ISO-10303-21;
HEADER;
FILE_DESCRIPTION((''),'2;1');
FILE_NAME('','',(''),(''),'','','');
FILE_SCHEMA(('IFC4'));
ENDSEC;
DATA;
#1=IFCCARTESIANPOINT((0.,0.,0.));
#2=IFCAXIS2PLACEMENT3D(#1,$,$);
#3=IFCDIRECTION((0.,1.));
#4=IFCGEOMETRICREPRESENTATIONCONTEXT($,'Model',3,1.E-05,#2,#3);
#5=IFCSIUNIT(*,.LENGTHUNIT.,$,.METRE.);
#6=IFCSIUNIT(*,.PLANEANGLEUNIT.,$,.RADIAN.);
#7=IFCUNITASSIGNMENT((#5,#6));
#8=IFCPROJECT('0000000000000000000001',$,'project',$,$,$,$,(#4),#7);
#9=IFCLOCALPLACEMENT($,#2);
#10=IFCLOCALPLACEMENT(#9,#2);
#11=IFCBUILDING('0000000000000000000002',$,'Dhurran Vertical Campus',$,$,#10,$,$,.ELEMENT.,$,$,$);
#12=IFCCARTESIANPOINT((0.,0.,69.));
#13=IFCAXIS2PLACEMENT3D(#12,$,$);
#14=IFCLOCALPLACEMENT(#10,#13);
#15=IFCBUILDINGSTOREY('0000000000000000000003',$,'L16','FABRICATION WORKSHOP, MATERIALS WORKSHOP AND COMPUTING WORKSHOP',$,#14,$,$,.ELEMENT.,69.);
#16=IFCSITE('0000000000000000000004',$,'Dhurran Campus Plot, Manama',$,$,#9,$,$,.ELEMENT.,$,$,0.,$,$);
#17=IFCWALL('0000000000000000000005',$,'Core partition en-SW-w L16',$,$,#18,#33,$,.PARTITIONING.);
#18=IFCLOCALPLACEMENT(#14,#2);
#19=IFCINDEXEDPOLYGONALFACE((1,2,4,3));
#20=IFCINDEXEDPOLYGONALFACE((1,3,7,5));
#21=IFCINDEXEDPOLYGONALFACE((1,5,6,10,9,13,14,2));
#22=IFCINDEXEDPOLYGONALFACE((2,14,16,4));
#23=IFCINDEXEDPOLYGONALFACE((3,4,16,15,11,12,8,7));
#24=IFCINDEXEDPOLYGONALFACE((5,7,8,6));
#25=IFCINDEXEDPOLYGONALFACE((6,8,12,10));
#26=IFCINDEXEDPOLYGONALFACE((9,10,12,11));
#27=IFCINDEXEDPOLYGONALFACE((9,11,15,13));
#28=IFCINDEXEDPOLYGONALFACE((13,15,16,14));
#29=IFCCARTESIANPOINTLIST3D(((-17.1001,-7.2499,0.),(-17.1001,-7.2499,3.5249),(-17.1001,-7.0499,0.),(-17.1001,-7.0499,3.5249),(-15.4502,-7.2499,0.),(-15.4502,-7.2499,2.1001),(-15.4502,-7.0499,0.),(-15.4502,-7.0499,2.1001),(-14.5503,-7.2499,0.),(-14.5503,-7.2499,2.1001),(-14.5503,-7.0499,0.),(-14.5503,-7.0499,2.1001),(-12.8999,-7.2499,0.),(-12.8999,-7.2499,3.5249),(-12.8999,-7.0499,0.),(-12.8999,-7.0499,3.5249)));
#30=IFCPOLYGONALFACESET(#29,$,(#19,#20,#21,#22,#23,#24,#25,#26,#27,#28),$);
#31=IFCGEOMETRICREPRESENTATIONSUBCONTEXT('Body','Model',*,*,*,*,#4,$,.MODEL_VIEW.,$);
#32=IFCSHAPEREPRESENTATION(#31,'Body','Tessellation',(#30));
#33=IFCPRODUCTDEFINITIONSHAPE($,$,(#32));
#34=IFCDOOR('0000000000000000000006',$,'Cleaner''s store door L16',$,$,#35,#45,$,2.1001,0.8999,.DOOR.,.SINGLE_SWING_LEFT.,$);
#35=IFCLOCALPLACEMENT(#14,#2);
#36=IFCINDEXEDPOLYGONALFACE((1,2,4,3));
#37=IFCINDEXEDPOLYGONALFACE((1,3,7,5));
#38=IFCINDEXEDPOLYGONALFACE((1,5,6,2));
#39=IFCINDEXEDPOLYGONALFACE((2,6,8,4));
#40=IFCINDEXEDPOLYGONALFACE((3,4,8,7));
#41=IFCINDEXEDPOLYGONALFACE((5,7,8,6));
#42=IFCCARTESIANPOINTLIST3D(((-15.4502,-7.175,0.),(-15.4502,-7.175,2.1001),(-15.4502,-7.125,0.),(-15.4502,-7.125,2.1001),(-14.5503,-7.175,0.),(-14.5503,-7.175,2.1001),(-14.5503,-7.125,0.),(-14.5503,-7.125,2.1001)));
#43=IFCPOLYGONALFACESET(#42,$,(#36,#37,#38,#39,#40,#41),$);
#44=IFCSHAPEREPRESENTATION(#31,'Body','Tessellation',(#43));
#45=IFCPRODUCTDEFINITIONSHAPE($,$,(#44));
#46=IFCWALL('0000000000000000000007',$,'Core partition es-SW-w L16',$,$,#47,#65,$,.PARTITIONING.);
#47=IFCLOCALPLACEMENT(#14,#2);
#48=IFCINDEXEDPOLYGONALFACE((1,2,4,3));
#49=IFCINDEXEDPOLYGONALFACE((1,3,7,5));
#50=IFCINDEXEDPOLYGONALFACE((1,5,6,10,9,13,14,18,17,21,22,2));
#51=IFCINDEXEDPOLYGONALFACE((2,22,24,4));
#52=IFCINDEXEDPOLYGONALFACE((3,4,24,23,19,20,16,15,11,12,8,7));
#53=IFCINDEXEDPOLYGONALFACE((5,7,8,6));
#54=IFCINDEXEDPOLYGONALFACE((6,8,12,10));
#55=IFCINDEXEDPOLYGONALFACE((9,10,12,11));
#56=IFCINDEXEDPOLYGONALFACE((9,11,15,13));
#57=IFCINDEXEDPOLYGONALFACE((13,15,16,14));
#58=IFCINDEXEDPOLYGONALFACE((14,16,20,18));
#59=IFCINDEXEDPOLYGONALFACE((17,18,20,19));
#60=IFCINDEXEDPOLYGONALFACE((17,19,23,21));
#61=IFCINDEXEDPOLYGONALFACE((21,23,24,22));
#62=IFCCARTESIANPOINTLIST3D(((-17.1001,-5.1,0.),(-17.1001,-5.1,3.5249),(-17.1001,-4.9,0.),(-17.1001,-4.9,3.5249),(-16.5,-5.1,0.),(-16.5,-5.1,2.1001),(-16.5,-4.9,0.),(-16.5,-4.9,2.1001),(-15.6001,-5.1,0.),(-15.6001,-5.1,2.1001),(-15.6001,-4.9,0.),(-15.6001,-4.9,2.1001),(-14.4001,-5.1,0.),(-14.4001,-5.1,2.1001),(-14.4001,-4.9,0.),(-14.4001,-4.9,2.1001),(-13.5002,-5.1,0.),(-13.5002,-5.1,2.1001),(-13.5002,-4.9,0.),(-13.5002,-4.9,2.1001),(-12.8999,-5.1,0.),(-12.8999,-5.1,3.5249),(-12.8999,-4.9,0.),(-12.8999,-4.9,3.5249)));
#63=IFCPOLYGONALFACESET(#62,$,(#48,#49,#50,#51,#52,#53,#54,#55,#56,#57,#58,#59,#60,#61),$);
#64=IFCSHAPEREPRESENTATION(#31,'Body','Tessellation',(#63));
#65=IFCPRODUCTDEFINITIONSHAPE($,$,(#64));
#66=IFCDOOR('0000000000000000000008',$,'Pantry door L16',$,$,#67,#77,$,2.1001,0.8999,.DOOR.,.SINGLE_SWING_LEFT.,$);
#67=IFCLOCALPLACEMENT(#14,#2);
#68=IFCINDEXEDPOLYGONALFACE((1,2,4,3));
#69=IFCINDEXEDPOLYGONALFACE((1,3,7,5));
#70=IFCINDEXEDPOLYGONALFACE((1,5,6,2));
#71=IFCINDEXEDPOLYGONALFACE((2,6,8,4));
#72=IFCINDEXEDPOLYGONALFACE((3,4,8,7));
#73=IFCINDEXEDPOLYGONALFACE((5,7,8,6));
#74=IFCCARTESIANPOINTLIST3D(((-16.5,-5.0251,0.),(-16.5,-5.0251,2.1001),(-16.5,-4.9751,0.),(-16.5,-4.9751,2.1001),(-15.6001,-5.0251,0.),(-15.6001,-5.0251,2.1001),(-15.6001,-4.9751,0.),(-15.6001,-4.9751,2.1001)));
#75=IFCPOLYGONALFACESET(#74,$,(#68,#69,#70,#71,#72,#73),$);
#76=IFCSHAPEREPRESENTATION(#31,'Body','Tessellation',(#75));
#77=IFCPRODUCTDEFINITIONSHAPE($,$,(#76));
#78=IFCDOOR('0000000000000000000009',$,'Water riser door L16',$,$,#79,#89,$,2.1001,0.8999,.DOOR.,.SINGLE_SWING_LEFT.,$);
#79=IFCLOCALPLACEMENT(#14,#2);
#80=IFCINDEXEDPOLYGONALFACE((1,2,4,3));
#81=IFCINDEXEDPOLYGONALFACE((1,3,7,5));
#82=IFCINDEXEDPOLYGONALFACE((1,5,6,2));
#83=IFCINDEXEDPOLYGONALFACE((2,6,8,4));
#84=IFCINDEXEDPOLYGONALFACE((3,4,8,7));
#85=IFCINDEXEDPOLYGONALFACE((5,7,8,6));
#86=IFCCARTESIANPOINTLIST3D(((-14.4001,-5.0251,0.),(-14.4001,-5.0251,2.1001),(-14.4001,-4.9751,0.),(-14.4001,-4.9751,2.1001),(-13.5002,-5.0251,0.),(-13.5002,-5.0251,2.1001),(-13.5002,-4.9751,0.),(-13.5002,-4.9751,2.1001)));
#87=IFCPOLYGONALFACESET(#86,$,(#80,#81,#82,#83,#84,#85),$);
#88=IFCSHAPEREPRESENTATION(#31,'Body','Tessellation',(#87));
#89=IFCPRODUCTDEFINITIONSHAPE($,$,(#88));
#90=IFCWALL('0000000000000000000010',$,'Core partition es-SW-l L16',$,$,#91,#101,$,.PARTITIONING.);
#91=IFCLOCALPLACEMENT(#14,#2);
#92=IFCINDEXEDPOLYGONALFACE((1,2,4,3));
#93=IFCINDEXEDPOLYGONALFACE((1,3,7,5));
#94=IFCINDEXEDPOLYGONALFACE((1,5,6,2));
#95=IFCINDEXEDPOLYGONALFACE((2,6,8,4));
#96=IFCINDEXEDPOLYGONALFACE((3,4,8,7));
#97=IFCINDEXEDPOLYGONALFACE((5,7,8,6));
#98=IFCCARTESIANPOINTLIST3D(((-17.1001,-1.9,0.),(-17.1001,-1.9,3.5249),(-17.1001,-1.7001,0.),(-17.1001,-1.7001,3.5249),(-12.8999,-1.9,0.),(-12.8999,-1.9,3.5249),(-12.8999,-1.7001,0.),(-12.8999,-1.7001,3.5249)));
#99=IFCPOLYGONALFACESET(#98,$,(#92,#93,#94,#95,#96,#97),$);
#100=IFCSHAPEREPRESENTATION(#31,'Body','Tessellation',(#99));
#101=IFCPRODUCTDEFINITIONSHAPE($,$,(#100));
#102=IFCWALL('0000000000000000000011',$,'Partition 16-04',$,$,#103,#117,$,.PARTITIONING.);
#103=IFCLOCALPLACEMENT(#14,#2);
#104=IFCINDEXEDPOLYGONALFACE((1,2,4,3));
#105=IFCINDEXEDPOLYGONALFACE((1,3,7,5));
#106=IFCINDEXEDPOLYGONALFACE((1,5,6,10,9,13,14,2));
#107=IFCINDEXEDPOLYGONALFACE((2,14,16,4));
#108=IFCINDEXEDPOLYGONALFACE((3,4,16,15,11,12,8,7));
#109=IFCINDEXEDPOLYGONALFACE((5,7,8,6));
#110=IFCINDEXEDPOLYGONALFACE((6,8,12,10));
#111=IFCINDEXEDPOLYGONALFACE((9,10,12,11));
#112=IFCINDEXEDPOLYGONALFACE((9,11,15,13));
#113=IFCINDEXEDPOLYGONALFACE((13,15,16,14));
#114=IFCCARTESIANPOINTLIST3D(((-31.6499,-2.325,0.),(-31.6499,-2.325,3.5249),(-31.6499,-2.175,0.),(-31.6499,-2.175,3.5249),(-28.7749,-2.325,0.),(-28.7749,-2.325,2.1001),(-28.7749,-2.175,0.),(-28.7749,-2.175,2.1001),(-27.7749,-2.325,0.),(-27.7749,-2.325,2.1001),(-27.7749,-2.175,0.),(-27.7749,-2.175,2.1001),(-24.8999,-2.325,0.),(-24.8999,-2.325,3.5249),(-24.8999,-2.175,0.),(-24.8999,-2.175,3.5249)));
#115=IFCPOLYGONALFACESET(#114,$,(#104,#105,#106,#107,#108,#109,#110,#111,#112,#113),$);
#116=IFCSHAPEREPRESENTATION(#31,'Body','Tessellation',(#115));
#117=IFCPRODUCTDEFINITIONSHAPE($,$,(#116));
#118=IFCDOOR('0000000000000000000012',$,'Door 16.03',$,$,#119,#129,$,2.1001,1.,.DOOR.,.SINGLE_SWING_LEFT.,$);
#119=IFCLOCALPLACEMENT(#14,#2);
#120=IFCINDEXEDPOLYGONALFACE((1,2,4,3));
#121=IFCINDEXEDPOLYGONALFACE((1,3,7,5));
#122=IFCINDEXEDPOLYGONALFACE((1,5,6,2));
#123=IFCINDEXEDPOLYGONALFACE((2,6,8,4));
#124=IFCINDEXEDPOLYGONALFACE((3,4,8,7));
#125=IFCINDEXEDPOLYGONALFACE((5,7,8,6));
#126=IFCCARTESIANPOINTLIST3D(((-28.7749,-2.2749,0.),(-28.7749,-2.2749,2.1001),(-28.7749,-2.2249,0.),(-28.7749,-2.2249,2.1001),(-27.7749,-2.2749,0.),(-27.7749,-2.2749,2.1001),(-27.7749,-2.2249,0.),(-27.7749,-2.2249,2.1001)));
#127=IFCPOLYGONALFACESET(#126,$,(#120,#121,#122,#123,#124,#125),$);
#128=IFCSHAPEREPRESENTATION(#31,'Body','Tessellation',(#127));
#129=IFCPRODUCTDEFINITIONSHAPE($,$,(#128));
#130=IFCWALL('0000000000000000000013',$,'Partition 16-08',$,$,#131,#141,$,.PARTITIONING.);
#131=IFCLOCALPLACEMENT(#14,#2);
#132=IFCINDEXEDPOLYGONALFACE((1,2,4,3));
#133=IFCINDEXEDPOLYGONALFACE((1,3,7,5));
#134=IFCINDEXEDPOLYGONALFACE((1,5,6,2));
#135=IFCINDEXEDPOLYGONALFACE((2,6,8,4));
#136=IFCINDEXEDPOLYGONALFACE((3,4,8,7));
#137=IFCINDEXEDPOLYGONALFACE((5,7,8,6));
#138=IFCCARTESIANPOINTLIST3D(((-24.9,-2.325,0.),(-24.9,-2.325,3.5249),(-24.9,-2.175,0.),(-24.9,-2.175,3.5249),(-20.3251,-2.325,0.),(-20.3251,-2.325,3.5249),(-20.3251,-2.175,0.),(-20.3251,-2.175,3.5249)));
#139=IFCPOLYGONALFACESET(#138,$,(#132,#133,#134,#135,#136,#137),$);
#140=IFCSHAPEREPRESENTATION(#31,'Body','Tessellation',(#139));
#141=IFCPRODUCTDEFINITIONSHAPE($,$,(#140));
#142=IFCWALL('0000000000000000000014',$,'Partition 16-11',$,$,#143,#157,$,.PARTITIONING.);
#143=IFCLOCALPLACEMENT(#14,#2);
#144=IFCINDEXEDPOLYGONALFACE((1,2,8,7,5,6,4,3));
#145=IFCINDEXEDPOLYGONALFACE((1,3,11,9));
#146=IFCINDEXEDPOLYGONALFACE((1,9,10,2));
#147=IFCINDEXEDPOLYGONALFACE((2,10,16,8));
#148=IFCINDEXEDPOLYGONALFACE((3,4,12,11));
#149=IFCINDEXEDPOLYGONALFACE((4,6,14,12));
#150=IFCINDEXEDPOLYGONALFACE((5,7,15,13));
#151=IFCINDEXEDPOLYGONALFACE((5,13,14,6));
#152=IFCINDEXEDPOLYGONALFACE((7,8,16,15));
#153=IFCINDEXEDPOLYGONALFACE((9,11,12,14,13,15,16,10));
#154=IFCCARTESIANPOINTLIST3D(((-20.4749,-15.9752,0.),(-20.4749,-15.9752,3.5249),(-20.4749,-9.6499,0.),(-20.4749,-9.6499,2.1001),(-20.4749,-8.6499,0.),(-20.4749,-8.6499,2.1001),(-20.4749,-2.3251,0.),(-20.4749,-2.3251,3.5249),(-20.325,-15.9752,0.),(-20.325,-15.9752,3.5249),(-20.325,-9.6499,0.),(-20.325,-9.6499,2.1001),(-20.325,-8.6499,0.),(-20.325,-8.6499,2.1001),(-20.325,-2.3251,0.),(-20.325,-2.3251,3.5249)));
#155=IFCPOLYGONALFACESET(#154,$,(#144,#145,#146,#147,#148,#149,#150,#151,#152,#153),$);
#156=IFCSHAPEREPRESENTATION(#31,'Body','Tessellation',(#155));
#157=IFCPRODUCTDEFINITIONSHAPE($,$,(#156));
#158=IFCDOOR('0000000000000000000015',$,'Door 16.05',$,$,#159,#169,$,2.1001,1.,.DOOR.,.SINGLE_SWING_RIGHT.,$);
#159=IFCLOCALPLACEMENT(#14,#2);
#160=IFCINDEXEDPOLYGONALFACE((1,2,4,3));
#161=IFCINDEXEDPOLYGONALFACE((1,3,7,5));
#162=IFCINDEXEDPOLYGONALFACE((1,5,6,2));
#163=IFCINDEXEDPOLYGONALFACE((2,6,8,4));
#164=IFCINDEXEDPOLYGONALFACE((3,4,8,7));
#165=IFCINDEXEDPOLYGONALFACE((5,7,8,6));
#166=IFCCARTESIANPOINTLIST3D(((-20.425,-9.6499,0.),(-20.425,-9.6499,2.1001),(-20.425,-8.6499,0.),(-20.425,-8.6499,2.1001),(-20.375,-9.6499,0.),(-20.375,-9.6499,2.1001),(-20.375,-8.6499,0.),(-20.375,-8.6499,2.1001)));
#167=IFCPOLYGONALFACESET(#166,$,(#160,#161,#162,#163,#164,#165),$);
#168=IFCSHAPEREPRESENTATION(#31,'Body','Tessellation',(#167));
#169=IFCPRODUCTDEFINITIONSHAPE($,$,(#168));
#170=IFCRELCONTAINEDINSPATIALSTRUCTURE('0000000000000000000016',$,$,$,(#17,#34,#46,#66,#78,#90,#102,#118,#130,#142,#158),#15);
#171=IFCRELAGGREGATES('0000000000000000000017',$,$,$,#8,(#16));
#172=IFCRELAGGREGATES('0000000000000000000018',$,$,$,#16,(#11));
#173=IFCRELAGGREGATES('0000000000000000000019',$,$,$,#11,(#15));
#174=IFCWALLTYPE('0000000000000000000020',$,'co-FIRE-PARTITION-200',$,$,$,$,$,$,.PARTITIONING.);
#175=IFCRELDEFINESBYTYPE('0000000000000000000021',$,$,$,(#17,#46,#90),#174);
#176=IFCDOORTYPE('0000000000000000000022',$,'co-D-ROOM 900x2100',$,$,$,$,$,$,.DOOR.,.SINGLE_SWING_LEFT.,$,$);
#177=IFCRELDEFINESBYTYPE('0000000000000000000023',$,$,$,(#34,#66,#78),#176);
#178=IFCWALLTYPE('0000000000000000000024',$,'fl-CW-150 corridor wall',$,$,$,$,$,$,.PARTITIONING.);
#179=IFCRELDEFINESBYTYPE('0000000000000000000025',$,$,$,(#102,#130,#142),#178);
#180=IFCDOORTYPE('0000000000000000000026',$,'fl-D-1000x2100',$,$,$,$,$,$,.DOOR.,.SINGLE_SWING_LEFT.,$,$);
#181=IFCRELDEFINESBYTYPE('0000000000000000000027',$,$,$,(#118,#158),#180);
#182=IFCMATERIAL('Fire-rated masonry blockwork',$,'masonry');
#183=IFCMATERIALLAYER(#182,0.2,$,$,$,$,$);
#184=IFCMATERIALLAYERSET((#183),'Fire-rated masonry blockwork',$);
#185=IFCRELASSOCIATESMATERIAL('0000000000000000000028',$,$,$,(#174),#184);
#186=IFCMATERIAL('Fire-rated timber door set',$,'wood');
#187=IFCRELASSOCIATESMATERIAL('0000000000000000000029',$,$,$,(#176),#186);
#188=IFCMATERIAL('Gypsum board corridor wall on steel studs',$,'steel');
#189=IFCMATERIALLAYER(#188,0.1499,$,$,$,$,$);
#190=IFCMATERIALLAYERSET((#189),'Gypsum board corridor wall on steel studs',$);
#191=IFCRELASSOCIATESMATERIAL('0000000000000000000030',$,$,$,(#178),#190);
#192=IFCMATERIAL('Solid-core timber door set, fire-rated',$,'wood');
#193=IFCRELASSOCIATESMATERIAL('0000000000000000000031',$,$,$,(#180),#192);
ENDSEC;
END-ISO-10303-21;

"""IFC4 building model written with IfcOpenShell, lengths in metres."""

from ifc_helpers import new_model, si_unit, direction, frame, frame_2d, origin, place, context, subcontext, project, spatial, rectangle, extrude, material, layer, layer_set, type_object, element, fill, save


model = new_model("IFC4")

# Units and contexts
model_context = context("Model", 3, precision=1e-05, world=origin(), true_north=direction((0.0, 1.0)))
body_context = subcontext(model_context, "Body", "Model", "MODEL_VIEW")
ifc_project = project(units=[si_unit("LENGTHUNIT", "METRE"), si_unit("PLANEANGLEUNIT", "RADIAN")], contexts=[model_context])

# Site, building, storey
site_placement = place(None, origin())
site = spatial("IfcSite", under=ifc_project, at=site_placement, Name="Dhurran Campus Plot, Manama", CompositionType="ELEMENT", RefElevation=0.0)
building_placement = place(site_placement, origin())
building = spatial("IfcBuilding", under=site, at=building_placement, Name="Dhurran Vertical Campus", CompositionType="ELEMENT")
storey_placement = place(building_placement, frame((0.0, 0.0, 69.0)))
storey = spatial("IfcBuildingStorey", under=building, at=storey_placement, Name="L16", Description="FABRICATION WORKSHOP, MATERIALS WORKSHOP AND COMPUTING WORKSHOP", CompositionType="ELEMENT", Elevation=69.0)

# Wall, opening, door
ifc_material_1 = material(Name="Fire-rated masonry blockwork", Category="masonry")
ifc_layer_1 = layer(ifc_material_1, 0.2)
ifc_layer_set_1 = layer_set([ifc_layer_1], Name="Fire-rated masonry blockwork")
wall_type_1 = type_object("IfcWallType", Name="co-FIRE-PARTITION-200", PredefinedType="PARTITIONING", material=ifc_layer_set_1)
wall_1_placement = place(storey_placement, frame((-17.1001, -7.1499, 0.0), z_axis=(0.0, 0.0, 1.0), x_axis=(1.0, 0.0, 0.0)))
wall_1 = element("IfcWall", 1, at=wall_1_placement, inside=storey, type_object=wall_type_1, Name="Core partition en-SW-w L16", PredefinedType="PARTITIONING", context=body_context, shape_type="SweptSolid", body=[
    extrude(rectangle(XDim=4.2002, YDim=0.2, at=frame_2d((2.1001, 0.0))), origin(), (0.0, 0.0, 1.0), 3.5249),
])
opening_1_placement = place(wall_1_placement, frame((1.6499, 0.0, 0.0)))
opening_1 = element("IfcOpeningElement", 2, at=opening_1_placement, cuts=wall_1, PredefinedType="OPENING", context=body_context, shape_type="SweptSolid", body=[
    extrude(rectangle(XDim=0.8999, YDim=2.1001, at=frame_2d((0.45, 1.05))), frame((0.0, 0.1099, 0.0), z_axis=(0.0, -1.0, 0.0), x_axis=(1.0, 0.0, 0.0)), (0.0, 0.0, 1.0), 0.22),
])
ifc_material_2 = material(Name="Fire-rated timber door set", Category="wood")
door_type_1 = type_object("IfcDoorType", Name="co-D-ROOM 900x2100", OperationType="SINGLE_SWING_LEFT", PredefinedType="DOOR", material=ifc_material_2)
door_1_placement = place(opening_1_placement, origin())
door_1 = element("IfcDoor", 3, at=door_1_placement, inside=storey, type_object=door_type_1, Name="Cleaner's store door L16", OperationType="SINGLE_SWING_LEFT", OverallHeight=2.1001, OverallWidth=0.8999, PredefinedType="DOOR", context=body_context, shape_type="SweptSolid", body=[
    extrude(rectangle(XDim=0.8999, YDim=2.1001, at=frame_2d((0.45, 1.05))), frame((0.0, 0.0249, 0.0), z_axis=(0.0, -1.0, 0.0), x_axis=(1.0, 0.0, 0.0)), (0.0, 0.0, 1.0), 0.05),
])
fill(opening_1, door_1)

# Wall, openings, doors
wall_2_placement = place(storey_placement, frame((-17.1001, -5.0, 0.0), z_axis=(0.0, 0.0, 1.0), x_axis=(1.0, 0.0, 0.0)))
wall_2 = element("IfcWall", 4, at=wall_2_placement, inside=storey, type_object=wall_type_1, Name="Core partition es-SW-w L16", PredefinedType="PARTITIONING", context=body_context, shape_type="SweptSolid", body=[
    extrude(rectangle(XDim=4.2002, YDim=0.2, at=frame_2d((2.1001, 0.0))), origin(), (0.0, 0.0, 1.0), 3.5249),
])
opening_2_placement = place(wall_2_placement, frame((0.6001, 0.0, 0.0)))
opening_2 = element("IfcOpeningElement", 5, at=opening_2_placement, cuts=wall_2, PredefinedType="OPENING", context=body_context, shape_type="SweptSolid", body=[
    extrude(rectangle(XDim=0.8999, YDim=2.1001, at=frame_2d((0.45, 1.05))), frame((0.0, 0.1099, 0.0), z_axis=(0.0, -1.0, 0.0), x_axis=(1.0, 0.0, 0.0)), (0.0, 0.0, 1.0), 0.22),
])
opening_3_placement = place(wall_2_placement, frame((2.7, 0.0, 0.0)))
opening_3 = element("IfcOpeningElement", 6, at=opening_3_placement, cuts=wall_2, PredefinedType="OPENING", context=body_context, shape_type="SweptSolid", body=[
    extrude(rectangle(XDim=0.8999, YDim=2.1001, at=frame_2d((0.45, 1.05))), frame((0.0, 0.1099, 0.0), z_axis=(0.0, -1.0, 0.0), x_axis=(1.0, 0.0, 0.0)), (0.0, 0.0, 1.0), 0.22),
])
door_2_placement = place(opening_2_placement, origin())
door_2 = element("IfcDoor", 7, at=door_2_placement, inside=storey, type_object=door_type_1, Name="Pantry door L16", OperationType="SINGLE_SWING_LEFT", OverallHeight=2.1001, OverallWidth=0.8999, PredefinedType="DOOR", context=body_context, shape_type="SweptSolid", body=[
    extrude(rectangle(XDim=0.8999, YDim=2.1001, at=frame_2d((0.45, 1.05))), frame((0.0, 0.0249, 0.0), z_axis=(0.0, -1.0, 0.0), x_axis=(1.0, 0.0, 0.0)), (0.0, 0.0, 1.0), 0.05),
])
fill(opening_2, door_2)
door_3_placement = place(opening_3_placement, origin())
door_3 = element("IfcDoor", 8, at=door_3_placement, inside=storey, type_object=door_type_1, Name="Water riser door L16", OperationType="SINGLE_SWING_LEFT", OverallHeight=2.1001, OverallWidth=0.8999, PredefinedType="DOOR", context=body_context, shape_type="SweptSolid", body=[
    extrude(rectangle(XDim=0.8999, YDim=2.1001, at=frame_2d((0.45, 1.05))), frame((0.0, 0.0249, 0.0), z_axis=(0.0, -1.0, 0.0), x_axis=(1.0, 0.0, 0.0)), (0.0, 0.0, 1.0), 0.05),
])
fill(opening_3, door_3)

# Wall
wall_3_placement = place(storey_placement, frame((-17.1001, -1.8, 0.0), z_axis=(0.0, 0.0, 1.0), x_axis=(1.0, 0.0, 0.0)))
element("IfcWall", 9, at=wall_3_placement, inside=storey, type_object=wall_type_1, Name="Core partition es-SW-l L16", PredefinedType="PARTITIONING", context=body_context, shape_type="SweptSolid", body=[
    extrude(rectangle(XDim=4.2002, YDim=0.2, at=frame_2d((2.1001, 0.0))), origin(), (0.0, 0.0, 1.0), 3.5249),
])

# Wall, opening, door
ifc_material_3 = material(Name="Gypsum board corridor wall on steel studs", Category="steel")
ifc_layer_2 = layer(ifc_material_3, 0.1499)
ifc_layer_set_2 = layer_set([ifc_layer_2], Name="Gypsum board corridor wall on steel studs")
wall_type_2 = type_object("IfcWallType", Name="fl-CW-150 corridor wall", PredefinedType="PARTITIONING", material=ifc_layer_set_2)
wall_4_placement = place(storey_placement, frame((-24.8999, -2.25, 0.0), z_axis=(0.0, 0.0, 1.0), x_axis=(-1.0, 0.0, 0.0)))
wall_4 = element("IfcWall", 10, at=wall_4_placement, inside=storey, type_object=wall_type_2, Name="Partition 16-04", PredefinedType="PARTITIONING", context=body_context, shape_type="SweptSolid", body=[
    extrude(rectangle(XDim=6.75, YDim=0.1499, at=frame_2d((3.375, 0.0))), origin(), (0.0, 0.0, 1.0), 3.5249),
])
opening_4_placement = place(wall_4_placement, frame((2.875, 0.0, 0.0)))
opening_4 = element("IfcOpeningElement", 11, at=opening_4_placement, cuts=wall_4, PredefinedType="OPENING", context=body_context, shape_type="SweptSolid", body=[
    extrude(rectangle(XDim=1.0, YDim=2.1001, at=frame_2d((0.5, 1.05))), frame((0.0, 0.085, 0.0), z_axis=(0.0, -1.0, 0.0), x_axis=(1.0, 0.0, 0.0)), (0.0, 0.0, 1.0), 0.1699),
])
ifc_material_4 = material(Name="Solid-core timber door set, fire-rated", Category="wood")
door_type_2 = type_object("IfcDoorType", Name="fl-D-1000x2100", OperationType="SINGLE_SWING_LEFT", PredefinedType="DOOR", material=ifc_material_4)
door_4_placement = place(opening_4_placement, origin())
door_4 = element("IfcDoor", 12, at=door_4_placement, inside=storey, type_object=door_type_2, Name="Door 16.03", OperationType="SINGLE_SWING_LEFT", OverallHeight=2.1001, OverallWidth=1.0, PredefinedType="DOOR", context=body_context, shape_type="SweptSolid", body=[
    extrude(rectangle(XDim=1.0, YDim=2.1001, at=frame_2d((0.5, 1.05))), frame((0.0, 0.0249, 0.0), z_axis=(0.0, -1.0, 0.0), x_axis=(1.0, 0.0, 0.0)), (0.0, 0.0, 1.0), 0.05),
])
fill(opening_4, door_4)

# Wall
wall_5_placement = place(storey_placement, frame((-20.325, -2.25, 0.0), z_axis=(0.0, 0.0, 1.0), x_axis=(-1.0, 0.0, 0.0)))
element("IfcWall", 13, at=wall_5_placement, inside=storey, type_object=wall_type_2, Name="Partition 16-08", PredefinedType="PARTITIONING", context=body_context, shape_type="SweptSolid", body=[
    extrude(rectangle(XDim=4.575, YDim=0.1499, at=frame_2d((2.2876, 0.0))), origin(), (0.0, 0.0, 1.0), 3.5249),
])

# Wall, opening, door
wall_6_placement = place(storey_placement, frame((-20.3999, -2.325, 0.0), z_axis=(0.0, 0.0, 1.0), x_axis=(0.0, -1.0, 0.0)))
wall_6 = element("IfcWall", 14, at=wall_6_placement, inside=storey, type_object=wall_type_2, Name="Partition 16-11", PredefinedType="PARTITIONING", context=body_context, shape_type="SweptSolid", body=[
    extrude(rectangle(XDim=13.6501, YDim=0.1499, at=frame_2d((6.8252, 0.0))), origin(), (0.0, 0.0, 1.0), 3.5249),
])
opening_5_placement = place(wall_6_placement, frame((6.325, 0.0, 0.0)))
opening_5 = element("IfcOpeningElement", 15, at=opening_5_placement, cuts=wall_6, PredefinedType="OPENING", context=body_context, shape_type="SweptSolid", body=[
    extrude(rectangle(XDim=1.0, YDim=2.1001, at=frame_2d((0.5, 1.05))), frame((0.0, 0.085, 0.0), z_axis=(0.0, -1.0, 0.0), x_axis=(1.0, 0.0, 0.0)), (0.0, 0.0, 1.0), 0.1699),
])
door_5_placement = place(opening_5_placement, origin())
door_5 = element("IfcDoor", 16, at=door_5_placement, inside=storey, type_object=door_type_2, Name="Door 16.05", OperationType="SINGLE_SWING_RIGHT", OverallHeight=2.1001, OverallWidth=1.0, PredefinedType="DOOR", context=body_context, shape_type="SweptSolid", body=[
    extrude(rectangle(XDim=1.0, YDim=2.1001, at=frame_2d((0.5, 1.05))), frame((0.0, 0.0249, 0.0), z_axis=(0.0, -1.0, 0.0), x_axis=(1.0, 0.0, 0.0)), (0.0, 0.0, 1.0), 0.05),
])
fill(opening_5, door_5)

save(model, "model.ifc")
